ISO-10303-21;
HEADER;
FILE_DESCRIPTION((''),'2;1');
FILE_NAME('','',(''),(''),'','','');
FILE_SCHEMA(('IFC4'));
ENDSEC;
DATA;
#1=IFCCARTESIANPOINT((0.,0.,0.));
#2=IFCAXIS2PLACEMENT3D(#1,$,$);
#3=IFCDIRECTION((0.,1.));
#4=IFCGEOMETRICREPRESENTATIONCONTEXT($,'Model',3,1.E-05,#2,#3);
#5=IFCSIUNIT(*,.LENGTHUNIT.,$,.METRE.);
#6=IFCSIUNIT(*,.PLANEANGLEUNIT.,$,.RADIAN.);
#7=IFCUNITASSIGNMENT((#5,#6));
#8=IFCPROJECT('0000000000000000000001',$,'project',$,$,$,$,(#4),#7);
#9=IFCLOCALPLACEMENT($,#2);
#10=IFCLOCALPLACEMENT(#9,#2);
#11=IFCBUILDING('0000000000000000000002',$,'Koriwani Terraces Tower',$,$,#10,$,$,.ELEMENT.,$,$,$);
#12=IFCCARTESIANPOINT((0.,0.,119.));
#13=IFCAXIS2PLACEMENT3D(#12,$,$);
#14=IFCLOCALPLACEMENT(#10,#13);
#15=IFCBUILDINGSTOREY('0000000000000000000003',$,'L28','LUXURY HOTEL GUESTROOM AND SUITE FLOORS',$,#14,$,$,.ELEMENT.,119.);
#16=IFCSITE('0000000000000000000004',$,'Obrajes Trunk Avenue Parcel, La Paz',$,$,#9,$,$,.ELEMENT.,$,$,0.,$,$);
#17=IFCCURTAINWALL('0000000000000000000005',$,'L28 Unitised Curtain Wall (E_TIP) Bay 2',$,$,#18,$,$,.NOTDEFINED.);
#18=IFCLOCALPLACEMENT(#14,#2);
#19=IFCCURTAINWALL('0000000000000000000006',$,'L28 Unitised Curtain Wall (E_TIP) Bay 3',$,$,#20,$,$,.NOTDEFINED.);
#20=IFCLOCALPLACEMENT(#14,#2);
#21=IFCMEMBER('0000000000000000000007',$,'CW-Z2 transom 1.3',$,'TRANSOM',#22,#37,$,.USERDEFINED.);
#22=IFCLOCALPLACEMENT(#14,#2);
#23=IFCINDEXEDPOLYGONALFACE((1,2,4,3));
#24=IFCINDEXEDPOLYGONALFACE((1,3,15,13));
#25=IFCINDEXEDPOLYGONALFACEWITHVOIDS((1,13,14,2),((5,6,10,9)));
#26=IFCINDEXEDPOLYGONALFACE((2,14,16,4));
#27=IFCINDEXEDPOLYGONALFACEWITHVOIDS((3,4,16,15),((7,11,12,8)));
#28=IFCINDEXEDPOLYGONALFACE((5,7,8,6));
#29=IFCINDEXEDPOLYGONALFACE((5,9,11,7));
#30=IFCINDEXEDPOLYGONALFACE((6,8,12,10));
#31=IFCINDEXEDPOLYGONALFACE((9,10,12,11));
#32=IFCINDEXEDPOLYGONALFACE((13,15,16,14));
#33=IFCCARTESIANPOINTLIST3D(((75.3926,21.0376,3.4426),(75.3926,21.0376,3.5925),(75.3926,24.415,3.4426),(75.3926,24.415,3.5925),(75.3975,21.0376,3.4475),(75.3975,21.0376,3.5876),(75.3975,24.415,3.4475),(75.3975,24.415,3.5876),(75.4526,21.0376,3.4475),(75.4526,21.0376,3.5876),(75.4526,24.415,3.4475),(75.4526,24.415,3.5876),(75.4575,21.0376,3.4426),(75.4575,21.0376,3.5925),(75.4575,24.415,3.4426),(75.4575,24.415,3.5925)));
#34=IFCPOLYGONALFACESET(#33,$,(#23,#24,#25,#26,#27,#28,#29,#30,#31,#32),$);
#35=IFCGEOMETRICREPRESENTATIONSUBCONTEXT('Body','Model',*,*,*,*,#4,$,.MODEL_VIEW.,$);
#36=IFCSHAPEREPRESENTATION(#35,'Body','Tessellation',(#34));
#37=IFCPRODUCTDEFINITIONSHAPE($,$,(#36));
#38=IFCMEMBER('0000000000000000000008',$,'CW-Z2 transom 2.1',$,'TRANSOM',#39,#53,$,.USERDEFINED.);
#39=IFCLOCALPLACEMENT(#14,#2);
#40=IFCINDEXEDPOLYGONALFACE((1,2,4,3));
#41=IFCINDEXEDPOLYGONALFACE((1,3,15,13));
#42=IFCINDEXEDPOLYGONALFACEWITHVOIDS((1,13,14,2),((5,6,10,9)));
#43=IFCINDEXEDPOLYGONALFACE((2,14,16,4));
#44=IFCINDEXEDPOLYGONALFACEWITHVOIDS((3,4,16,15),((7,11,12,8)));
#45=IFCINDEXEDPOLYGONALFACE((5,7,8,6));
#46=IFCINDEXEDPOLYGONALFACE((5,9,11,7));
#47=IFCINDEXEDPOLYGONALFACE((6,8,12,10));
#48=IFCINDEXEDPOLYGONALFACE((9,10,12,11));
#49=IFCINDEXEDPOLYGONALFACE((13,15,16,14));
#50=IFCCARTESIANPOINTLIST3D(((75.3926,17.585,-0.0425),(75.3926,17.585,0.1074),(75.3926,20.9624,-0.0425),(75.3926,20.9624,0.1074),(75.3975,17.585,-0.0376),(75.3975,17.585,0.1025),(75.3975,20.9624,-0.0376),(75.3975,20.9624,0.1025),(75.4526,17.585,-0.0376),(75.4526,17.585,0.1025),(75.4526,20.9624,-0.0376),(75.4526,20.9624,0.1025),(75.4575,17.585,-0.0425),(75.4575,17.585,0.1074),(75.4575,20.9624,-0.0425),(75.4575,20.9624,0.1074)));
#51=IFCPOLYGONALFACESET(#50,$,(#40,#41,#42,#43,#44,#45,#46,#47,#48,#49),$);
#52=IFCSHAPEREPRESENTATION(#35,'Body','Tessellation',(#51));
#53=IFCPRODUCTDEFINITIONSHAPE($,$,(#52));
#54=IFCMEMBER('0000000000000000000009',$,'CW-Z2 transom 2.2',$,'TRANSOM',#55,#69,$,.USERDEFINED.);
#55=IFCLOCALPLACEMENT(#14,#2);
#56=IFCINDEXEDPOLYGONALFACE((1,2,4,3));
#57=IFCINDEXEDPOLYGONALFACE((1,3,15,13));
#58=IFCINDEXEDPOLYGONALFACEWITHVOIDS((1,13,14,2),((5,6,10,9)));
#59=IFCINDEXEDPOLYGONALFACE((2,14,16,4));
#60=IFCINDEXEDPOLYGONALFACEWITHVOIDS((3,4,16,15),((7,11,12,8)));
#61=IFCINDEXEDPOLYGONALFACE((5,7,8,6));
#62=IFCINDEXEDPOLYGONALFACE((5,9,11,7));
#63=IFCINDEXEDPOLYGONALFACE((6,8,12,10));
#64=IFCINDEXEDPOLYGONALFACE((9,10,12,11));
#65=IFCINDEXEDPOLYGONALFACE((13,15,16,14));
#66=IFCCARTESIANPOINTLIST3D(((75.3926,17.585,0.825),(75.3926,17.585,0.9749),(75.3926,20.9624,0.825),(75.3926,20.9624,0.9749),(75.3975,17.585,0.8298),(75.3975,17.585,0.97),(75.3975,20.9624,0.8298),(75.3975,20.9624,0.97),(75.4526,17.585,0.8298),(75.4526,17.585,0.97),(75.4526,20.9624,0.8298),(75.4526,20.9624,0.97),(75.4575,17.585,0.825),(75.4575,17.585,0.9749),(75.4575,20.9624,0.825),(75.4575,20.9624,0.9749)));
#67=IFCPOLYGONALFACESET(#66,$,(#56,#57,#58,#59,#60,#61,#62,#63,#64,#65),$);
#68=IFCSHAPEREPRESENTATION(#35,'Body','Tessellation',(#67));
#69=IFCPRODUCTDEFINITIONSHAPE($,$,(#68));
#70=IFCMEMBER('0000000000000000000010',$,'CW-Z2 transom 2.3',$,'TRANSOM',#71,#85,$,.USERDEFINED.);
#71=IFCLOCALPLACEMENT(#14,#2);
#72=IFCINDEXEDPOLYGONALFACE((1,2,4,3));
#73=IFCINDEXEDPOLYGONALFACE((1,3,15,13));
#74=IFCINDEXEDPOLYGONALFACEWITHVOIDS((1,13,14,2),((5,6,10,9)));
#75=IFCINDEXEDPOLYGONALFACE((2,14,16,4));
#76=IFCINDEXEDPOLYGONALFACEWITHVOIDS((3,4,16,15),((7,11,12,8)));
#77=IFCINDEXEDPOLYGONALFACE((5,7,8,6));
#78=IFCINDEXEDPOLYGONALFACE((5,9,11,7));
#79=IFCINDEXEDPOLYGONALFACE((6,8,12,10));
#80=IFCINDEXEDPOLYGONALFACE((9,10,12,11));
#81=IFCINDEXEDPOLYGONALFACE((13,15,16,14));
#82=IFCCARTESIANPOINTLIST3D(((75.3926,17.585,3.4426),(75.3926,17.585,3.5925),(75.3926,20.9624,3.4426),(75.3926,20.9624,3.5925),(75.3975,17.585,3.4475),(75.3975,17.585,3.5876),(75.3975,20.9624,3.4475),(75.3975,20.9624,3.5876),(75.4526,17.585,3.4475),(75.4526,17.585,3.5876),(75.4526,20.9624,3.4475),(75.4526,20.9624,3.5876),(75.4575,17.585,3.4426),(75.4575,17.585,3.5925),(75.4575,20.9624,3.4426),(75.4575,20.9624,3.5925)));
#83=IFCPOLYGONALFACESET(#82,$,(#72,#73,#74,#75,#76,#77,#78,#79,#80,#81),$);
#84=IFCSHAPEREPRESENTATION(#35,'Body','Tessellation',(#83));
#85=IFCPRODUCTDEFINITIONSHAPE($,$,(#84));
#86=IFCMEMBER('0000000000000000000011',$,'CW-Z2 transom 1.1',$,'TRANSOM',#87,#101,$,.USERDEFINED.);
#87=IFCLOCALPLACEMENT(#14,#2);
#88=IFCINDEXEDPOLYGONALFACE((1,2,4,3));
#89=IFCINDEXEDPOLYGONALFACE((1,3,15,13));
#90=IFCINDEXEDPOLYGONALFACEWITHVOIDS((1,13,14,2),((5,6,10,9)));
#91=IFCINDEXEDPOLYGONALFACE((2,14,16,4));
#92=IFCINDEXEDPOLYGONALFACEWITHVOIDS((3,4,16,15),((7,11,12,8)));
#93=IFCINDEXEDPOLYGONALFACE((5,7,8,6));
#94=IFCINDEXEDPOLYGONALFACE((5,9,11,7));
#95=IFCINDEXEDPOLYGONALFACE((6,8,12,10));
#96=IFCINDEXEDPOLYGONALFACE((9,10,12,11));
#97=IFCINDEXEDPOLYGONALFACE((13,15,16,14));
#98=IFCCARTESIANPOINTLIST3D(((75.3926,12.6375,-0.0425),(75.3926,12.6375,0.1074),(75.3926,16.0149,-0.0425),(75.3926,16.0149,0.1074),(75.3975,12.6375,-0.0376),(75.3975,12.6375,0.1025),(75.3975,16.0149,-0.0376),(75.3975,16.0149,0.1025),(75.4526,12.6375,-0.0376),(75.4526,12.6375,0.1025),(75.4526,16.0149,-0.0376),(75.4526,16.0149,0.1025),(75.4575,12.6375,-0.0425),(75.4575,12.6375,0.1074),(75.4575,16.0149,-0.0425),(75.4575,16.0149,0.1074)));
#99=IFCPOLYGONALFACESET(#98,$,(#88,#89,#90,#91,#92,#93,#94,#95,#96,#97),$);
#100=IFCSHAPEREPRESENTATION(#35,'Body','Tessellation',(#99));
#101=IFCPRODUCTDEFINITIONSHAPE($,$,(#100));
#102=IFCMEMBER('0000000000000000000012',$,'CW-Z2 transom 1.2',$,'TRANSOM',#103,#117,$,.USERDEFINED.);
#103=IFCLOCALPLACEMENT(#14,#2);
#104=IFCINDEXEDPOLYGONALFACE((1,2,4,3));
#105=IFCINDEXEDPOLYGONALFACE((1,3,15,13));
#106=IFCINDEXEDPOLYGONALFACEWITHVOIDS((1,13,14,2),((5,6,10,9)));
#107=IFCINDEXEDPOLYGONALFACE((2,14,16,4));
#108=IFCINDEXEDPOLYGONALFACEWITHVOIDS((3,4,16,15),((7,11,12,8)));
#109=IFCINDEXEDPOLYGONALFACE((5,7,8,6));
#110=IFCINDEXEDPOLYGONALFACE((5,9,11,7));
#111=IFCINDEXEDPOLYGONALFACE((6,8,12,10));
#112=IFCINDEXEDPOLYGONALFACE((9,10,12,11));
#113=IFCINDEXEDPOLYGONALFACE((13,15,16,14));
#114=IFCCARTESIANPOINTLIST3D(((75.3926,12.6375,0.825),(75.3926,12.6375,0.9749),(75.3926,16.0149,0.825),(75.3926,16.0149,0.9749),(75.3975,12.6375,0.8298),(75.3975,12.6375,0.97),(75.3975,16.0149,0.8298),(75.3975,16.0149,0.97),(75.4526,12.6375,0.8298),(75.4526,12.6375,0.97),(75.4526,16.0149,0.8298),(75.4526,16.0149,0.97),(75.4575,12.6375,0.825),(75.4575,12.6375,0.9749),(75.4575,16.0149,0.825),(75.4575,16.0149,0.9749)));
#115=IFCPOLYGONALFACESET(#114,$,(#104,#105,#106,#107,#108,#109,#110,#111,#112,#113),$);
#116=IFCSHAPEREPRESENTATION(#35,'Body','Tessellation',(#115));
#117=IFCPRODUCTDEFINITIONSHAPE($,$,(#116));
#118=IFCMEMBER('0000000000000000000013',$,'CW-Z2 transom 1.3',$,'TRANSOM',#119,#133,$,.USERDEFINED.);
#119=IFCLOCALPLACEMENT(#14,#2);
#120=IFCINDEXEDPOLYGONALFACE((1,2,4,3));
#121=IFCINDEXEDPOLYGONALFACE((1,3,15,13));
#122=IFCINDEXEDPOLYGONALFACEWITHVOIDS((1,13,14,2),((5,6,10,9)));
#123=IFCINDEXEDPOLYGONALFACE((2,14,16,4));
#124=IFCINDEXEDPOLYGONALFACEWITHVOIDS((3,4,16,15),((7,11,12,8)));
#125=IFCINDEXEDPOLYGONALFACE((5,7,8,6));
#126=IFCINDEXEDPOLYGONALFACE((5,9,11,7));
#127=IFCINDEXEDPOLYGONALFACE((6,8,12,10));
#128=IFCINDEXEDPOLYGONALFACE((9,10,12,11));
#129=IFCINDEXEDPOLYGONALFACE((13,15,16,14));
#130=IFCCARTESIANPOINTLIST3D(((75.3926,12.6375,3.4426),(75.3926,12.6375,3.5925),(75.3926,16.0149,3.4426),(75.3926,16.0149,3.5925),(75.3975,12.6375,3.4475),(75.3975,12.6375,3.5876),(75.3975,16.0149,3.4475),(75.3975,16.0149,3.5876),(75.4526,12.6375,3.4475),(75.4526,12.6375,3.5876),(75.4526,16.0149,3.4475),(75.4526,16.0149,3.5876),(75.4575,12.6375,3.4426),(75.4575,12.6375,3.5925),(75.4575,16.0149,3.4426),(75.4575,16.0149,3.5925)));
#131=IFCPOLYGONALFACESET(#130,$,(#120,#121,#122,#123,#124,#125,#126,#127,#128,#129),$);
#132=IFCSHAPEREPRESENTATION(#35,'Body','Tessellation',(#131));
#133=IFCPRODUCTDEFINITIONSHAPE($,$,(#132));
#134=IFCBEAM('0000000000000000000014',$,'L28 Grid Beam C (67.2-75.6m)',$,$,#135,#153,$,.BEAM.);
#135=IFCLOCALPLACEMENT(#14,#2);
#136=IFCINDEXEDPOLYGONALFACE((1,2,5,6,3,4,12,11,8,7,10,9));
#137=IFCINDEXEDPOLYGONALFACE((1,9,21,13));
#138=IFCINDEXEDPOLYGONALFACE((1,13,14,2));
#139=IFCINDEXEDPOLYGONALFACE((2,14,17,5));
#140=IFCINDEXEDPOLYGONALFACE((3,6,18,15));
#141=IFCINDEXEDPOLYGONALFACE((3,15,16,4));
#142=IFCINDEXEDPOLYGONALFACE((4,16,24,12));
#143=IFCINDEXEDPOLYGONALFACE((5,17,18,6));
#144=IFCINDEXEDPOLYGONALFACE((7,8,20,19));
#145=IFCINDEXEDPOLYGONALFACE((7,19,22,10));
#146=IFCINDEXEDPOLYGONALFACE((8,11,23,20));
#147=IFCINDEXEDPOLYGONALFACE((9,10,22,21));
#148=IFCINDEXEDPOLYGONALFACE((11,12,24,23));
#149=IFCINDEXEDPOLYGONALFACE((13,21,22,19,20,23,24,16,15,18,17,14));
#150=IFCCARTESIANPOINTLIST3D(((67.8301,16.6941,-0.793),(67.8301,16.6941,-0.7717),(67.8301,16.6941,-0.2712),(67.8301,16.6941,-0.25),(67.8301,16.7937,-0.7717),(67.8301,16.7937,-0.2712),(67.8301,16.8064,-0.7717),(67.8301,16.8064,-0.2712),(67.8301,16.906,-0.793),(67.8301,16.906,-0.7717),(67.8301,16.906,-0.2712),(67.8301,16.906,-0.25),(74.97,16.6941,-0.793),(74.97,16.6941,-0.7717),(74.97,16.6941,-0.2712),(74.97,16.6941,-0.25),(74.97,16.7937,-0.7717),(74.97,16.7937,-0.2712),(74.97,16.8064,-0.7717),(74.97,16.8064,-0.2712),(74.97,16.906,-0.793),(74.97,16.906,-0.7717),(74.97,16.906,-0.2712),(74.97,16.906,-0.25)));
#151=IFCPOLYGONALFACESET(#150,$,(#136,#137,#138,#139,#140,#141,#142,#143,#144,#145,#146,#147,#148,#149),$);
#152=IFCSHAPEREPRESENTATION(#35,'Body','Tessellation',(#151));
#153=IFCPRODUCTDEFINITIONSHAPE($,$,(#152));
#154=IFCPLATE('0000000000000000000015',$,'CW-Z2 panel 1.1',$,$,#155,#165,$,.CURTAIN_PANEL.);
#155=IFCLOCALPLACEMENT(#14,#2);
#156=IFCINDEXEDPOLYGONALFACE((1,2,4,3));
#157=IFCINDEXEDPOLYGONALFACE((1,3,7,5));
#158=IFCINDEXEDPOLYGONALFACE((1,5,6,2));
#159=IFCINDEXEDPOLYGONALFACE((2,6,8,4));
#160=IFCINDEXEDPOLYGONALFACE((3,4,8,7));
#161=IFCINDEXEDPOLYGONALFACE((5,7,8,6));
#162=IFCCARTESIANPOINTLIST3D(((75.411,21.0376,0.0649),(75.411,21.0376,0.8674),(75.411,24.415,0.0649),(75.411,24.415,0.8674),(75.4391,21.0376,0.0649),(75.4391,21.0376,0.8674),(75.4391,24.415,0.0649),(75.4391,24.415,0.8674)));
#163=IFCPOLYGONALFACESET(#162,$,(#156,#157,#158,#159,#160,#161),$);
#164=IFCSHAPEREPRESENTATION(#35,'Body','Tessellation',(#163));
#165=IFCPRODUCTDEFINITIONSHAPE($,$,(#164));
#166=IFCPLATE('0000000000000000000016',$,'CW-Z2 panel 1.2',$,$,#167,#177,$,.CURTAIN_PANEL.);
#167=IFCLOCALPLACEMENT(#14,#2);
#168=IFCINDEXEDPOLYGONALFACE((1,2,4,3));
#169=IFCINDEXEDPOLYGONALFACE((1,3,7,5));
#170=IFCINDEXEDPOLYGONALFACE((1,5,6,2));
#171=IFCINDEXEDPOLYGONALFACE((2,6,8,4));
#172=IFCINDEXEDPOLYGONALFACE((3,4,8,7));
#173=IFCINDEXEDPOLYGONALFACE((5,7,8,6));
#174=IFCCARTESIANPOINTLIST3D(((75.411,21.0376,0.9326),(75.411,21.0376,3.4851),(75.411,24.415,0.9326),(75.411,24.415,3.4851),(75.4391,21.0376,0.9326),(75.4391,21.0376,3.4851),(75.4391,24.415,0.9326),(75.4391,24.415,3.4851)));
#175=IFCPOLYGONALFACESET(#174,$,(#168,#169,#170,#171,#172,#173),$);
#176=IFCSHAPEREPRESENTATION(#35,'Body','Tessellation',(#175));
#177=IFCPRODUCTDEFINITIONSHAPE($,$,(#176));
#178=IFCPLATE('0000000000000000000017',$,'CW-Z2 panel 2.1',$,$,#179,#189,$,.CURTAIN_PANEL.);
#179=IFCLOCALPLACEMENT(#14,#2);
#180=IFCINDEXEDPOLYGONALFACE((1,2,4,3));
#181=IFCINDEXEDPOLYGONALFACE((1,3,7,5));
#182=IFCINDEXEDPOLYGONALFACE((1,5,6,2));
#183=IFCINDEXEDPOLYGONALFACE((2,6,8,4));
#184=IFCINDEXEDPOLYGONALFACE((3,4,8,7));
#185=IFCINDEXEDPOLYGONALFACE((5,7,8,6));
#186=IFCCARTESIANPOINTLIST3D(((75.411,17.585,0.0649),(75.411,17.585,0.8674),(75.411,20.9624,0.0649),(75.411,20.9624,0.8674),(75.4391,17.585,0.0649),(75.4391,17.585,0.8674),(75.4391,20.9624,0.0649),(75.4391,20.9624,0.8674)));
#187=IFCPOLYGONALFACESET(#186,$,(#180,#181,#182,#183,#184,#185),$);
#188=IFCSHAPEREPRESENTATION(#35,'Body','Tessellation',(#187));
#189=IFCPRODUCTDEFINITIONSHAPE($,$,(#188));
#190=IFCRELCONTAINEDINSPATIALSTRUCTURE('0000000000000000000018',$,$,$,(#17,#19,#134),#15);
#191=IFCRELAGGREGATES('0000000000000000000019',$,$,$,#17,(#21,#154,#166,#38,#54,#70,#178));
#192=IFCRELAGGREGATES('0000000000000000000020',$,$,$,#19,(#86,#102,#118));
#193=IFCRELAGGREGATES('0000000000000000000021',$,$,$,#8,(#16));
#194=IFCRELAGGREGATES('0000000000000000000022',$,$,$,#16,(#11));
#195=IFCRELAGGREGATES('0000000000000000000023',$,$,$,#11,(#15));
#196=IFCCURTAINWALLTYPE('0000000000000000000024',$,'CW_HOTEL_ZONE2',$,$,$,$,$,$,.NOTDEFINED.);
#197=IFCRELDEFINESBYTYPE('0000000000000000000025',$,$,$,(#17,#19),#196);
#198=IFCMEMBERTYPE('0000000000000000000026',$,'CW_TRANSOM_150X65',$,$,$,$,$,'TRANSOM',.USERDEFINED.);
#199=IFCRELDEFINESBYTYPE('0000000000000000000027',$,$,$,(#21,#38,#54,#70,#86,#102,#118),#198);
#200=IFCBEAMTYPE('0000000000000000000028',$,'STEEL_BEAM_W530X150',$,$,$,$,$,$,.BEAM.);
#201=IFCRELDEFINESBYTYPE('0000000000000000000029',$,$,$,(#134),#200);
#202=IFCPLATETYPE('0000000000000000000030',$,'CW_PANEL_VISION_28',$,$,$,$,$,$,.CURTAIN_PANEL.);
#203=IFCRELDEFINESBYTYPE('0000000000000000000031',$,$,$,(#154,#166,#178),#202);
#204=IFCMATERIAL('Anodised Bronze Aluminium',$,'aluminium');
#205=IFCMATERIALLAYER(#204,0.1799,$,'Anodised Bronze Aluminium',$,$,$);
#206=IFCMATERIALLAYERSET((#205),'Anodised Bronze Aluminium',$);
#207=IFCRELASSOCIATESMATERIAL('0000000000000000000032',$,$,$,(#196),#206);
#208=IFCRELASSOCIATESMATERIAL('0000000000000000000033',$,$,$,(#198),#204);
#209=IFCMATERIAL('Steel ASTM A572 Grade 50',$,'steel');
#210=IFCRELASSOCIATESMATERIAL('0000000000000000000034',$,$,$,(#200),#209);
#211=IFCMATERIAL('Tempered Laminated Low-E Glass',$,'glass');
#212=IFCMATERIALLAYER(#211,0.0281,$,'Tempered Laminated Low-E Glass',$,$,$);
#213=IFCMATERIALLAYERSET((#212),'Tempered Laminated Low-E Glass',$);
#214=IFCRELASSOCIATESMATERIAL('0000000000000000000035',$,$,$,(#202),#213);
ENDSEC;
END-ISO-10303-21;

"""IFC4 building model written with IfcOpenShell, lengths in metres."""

from ifc_helpers import new_model, si_unit, direction, frame, origin, origin_2d, place, context, subcontext, project, spatial, rectangle, hollow_rectangle, i_section, extrude, material, layer, layer_set, material_profile, profile_set, type_object, element, aggregate, save


model = new_model("IFC4")

# Units and contexts
model_context = context("Model", 3, precision=1e-05, world=origin(), true_north=direction((0.0, 1.0)))
body_context = subcontext(model_context, "Body", "Model", "MODEL_VIEW")
ifc_project = project(units=[si_unit("LENGTHUNIT", "METRE"), si_unit("PLANEANGLEUNIT", "RADIAN")], contexts=[model_context])

# Site, building, storey
site_placement = place(None, origin())
site = spatial("IfcSite", under=ifc_project, at=site_placement, Name="Obrajes Trunk Avenue Parcel, La Paz", CompositionType="ELEMENT", RefElevation=0.0)
building_placement = place(site_placement, origin())
building = spatial("IfcBuilding", under=site, at=building_placement, Name="Koriwani Terraces Tower", CompositionType="ELEMENT")
storey_placement = place(building_placement, frame((0.0, 0.0, 119.0)))
storey = spatial("IfcBuildingStorey", under=building, at=storey_placement, Name="L28", Description="LUXURY HOTEL GUESTROOM AND SUITE FLOORS", CompositionType="ELEMENT", Elevation=119.0)

# Curtain walls
ifc_material_1 = material(Name="Anodised Bronze Aluminium", Category="aluminium")
ifc_layer_1 = layer(ifc_material_1, 0.1799, Name="Anodised Bronze Aluminium")
ifc_layer_set_1 = layer_set([ifc_layer_1], Name="Anodised Bronze Aluminium")
curtain_wall_type = type_object("IfcCurtainWallType", Name="CW_HOTEL_ZONE2", PredefinedType="NOTDEFINED", material=ifc_layer_set_1)
curtain_wall_1_placement = place(storey_placement, origin())
curtain_wall_1 = element("IfcCurtainWall", 1, at=curtain_wall_1_placement, inside=storey, type_object=curtain_wall_type, Name="L28 Unitised Curtain Wall (E_TIP) Bay 2", PredefinedType="NOTDEFINED")
curtain_wall_2_placement = place(storey_placement, origin())
curtain_wall_2 = element("IfcCurtainWall", 2, at=curtain_wall_2_placement, inside=storey, type_object=curtain_wall_type, Name="L28 Unitised Curtain Wall (E_TIP) Bay 3", PredefinedType="NOTDEFINED")

# Members
ifc_material_profile_1 = material_profile(ifc_material_1, hollow_rectangle(XDim=0.0649, YDim=0.1499, WallThickness=0.0049, at=origin_2d()), Name="Anodised Bronze Aluminium", Category="LoadBearing")
ifc_profile_set_1 = profile_set([ifc_material_profile_1], Name="Anodised Bronze Aluminium")
member_type_1 = type_object("IfcMemberType", Name="CW_TRANSOM_150X65", ElementType="TRANSOM", PredefinedType="USERDEFINED", material=ifc_profile_set_1)
member_1_placement = place(storey_placement, frame((75.425, 24.415, 3.5176), z_axis=(0.0, -1.0, 0.0), x_axis=(1.0, 0.0, 0.0)))
member_1 = element("IfcMember", 3, at=member_1_placement, type_object=member_type_1, Name="CW-Z2 transom 1.3", ObjectType="TRANSOM", PredefinedType="USERDEFINED", context=body_context, shape_type="SweptSolid", body=[
    extrude(hollow_rectangle(XDim=0.0649, YDim=0.1499, WallThickness=0.0049, at=origin_2d()), origin(), (0.0, 0.0, 1.0), 3.3774),
])
member_2_placement = place(storey_placement, frame((75.425, 20.9624, 0.0325), z_axis=(0.0, -1.0, 0.0), x_axis=(1.0, 0.0, 0.0)))
member_2 = element("IfcMember", 4, at=member_2_placement, type_object=member_type_1, Name="CW-Z2 transom 2.1", ObjectType="TRANSOM", PredefinedType="USERDEFINED", context=body_context, shape_type="SweptSolid", body=[
    extrude(hollow_rectangle(XDim=0.0649, YDim=0.1499, WallThickness=0.0049, at=origin_2d()), origin(), (0.0, 0.0, 1.0), 3.3774),
])
member_3_placement = place(storey_placement, frame((75.425, 20.9624, 0.8999), z_axis=(0.0, -1.0, 0.0), x_axis=(1.0, 0.0, 0.0)))
member_3 = element("IfcMember", 5, at=member_3_placement, type_object=member_type_1, Name="CW-Z2 transom 2.2", ObjectType="TRANSOM", PredefinedType="USERDEFINED", context=body_context, shape_type="SweptSolid", body=[
    extrude(hollow_rectangle(XDim=0.0649, YDim=0.1499, WallThickness=0.0049, at=origin_2d()), origin(), (0.0, 0.0, 1.0), 3.3774),
])
member_4_placement = place(storey_placement, frame((75.425, 20.9624, 3.5176), z_axis=(0.0, -1.0, 0.0), x_axis=(1.0, 0.0, 0.0)))
member_4 = element("IfcMember", 6, at=member_4_placement, type_object=member_type_1, Name="CW-Z2 transom 2.3", ObjectType="TRANSOM", PredefinedType="USERDEFINED", context=body_context, shape_type="SweptSolid", body=[
    extrude(hollow_rectangle(XDim=0.0649, YDim=0.1499, WallThickness=0.0049, at=origin_2d()), origin(), (0.0, 0.0, 1.0), 3.3774),
])
member_5_placement = place(storey_placement, frame((75.425, 16.0149, 0.0325), z_axis=(0.0, -1.0, 0.0), x_axis=(1.0, 0.0, 0.0)))
member_5 = element("IfcMember", 7, at=member_5_placement, type_object=member_type_1, Name="CW-Z2 transom 1.1", ObjectType="TRANSOM", PredefinedType="USERDEFINED", context=body_context, shape_type="SweptSolid", body=[
    extrude(hollow_rectangle(XDim=0.0649, YDim=0.1499, WallThickness=0.0049, at=origin_2d()), origin(), (0.0, 0.0, 1.0), 3.3774),
])
member_6_placement = place(storey_placement, frame((75.425, 16.0149, 0.8999), z_axis=(0.0, -1.0, 0.0), x_axis=(1.0, 0.0, 0.0)))
member_6 = element("IfcMember", 8, at=member_6_placement, type_object=member_type_1, Name="CW-Z2 transom 1.2", ObjectType="TRANSOM", PredefinedType="USERDEFINED", context=body_context, shape_type="SweptSolid", body=[
    extrude(hollow_rectangle(XDim=0.0649, YDim=0.1499, WallThickness=0.0049, at=origin_2d()), origin(), (0.0, 0.0, 1.0), 3.3774),
])
member_7_placement = place(storey_placement, frame((75.425, 16.0149, 3.5176), z_axis=(0.0, -1.0, 0.0), x_axis=(1.0, 0.0, 0.0)))
member_7 = element("IfcMember", 9, at=member_7_placement, type_object=member_type_1, Name="CW-Z2 transom 1.3", ObjectType="TRANSOM", PredefinedType="USERDEFINED", context=body_context, shape_type="SweptSolid", body=[
    extrude(hollow_rectangle(XDim=0.0649, YDim=0.1499, WallThickness=0.0049, at=origin_2d()), origin(), (0.0, 0.0, 1.0), 3.3774),
])

# Beam
ifc_material_2 = material(Name="Steel ASTM A572 Grade 50", Category="steel")
ifc_material_profile_2 = material_profile(ifc_material_2, i_section(OverallWidth=0.2119, OverallDepth=0.543, WebThickness=0.0127, FlangeThickness=0.0212, at=origin_2d()), Name="Steel ASTM A572 Grade 50", Category="LoadBearing")
ifc_profile_set_2 = profile_set([ifc_material_profile_2], Name="Steel ASTM A572 Grade 50")
beam_type_1 = type_object("IfcBeamType", Name="STEEL_BEAM_W530X150", PredefinedType="BEAM", material=ifc_profile_set_2)
beam_1_placement = place(storey_placement, frame((67.8301, 16.8, -0.5215), z_axis=(1.0, 0.0, 0.0), x_axis=(0.0, 1.0, 0.0)))
element("IfcBeam", 10, at=beam_1_placement, inside=storey, type_object=beam_type_1, Name="L28 Grid Beam C (67.2-75.6m)", PredefinedType="BEAM", context=body_context, shape_type="SweptSolid", body=[
    extrude(i_section(OverallWidth=0.2119, OverallDepth=0.543, WebThickness=0.0127, FlangeThickness=0.0212, at=origin_2d()), origin(), (0.0, 0.0, 1.0), 7.1399),
])

# Plates
ifc_material_3 = material(Name="Tempered Laminated Low-E Glass", Category="glass")
ifc_layer_2 = layer(ifc_material_3, 0.0281, Name="Tempered Laminated Low-E Glass")
ifc_layer_set_2 = layer_set([ifc_layer_2], Name="Tempered Laminated Low-E Glass")
plate_type = type_object("IfcPlateType", Name="CW_PANEL_VISION_28", PredefinedType="CURTAIN_PANEL", material=ifc_layer_set_2)
plate_1_placement = place(storey_placement, frame((75.425, 22.7263, 0.0649), z_axis=(0.0, 0.0, 1.0), x_axis=(0.0, -1.0, 0.0)))
plate_1 = element("IfcPlate", 11, at=plate_1_placement, type_object=plate_type, Name="CW-Z2 panel 1.1", PredefinedType="CURTAIN_PANEL", context=body_context, shape_type="SweptSolid", body=[
    extrude(rectangle(XDim=3.3774, YDim=0.0281, at=origin_2d()), origin(), (0.0, 0.0, 1.0), 0.8025),
])
plate_2_placement = place(storey_placement, frame((75.425, 22.7263, 0.9326), z_axis=(0.0, 0.0, 1.0), x_axis=(0.0, -1.0, 0.0)))
plate_2 = element("IfcPlate", 12, at=plate_2_placement, type_object=plate_type, Name="CW-Z2 panel 1.2", PredefinedType="CURTAIN_PANEL", context=body_context, shape_type="SweptSolid", body=[
    extrude(rectangle(XDim=3.3774, YDim=0.0281, at=origin_2d()), origin(), (0.0, 0.0, 1.0), 2.5525),
])
plate_3_placement = place(storey_placement, frame((75.425, 19.2737, 0.0649), z_axis=(0.0, 0.0, 1.0), x_axis=(0.0, -1.0, 0.0)))
plate_3 = element("IfcPlate", 13, at=plate_3_placement, type_object=plate_type, Name="CW-Z2 panel 2.1", PredefinedType="CURTAIN_PANEL", context=body_context, shape_type="SweptSolid", body=[
    extrude(rectangle(XDim=3.3774, YDim=0.0281, at=origin_2d()), origin(), (0.0, 0.0, 1.0), 0.8025),
])
aggregate(curtain_wall_1, [member_1, plate_1, plate_2, member_2, member_3, member_4, plate_3])
aggregate(curtain_wall_2, [member_5, member_6, member_7])

save(model, "model.ifc")
